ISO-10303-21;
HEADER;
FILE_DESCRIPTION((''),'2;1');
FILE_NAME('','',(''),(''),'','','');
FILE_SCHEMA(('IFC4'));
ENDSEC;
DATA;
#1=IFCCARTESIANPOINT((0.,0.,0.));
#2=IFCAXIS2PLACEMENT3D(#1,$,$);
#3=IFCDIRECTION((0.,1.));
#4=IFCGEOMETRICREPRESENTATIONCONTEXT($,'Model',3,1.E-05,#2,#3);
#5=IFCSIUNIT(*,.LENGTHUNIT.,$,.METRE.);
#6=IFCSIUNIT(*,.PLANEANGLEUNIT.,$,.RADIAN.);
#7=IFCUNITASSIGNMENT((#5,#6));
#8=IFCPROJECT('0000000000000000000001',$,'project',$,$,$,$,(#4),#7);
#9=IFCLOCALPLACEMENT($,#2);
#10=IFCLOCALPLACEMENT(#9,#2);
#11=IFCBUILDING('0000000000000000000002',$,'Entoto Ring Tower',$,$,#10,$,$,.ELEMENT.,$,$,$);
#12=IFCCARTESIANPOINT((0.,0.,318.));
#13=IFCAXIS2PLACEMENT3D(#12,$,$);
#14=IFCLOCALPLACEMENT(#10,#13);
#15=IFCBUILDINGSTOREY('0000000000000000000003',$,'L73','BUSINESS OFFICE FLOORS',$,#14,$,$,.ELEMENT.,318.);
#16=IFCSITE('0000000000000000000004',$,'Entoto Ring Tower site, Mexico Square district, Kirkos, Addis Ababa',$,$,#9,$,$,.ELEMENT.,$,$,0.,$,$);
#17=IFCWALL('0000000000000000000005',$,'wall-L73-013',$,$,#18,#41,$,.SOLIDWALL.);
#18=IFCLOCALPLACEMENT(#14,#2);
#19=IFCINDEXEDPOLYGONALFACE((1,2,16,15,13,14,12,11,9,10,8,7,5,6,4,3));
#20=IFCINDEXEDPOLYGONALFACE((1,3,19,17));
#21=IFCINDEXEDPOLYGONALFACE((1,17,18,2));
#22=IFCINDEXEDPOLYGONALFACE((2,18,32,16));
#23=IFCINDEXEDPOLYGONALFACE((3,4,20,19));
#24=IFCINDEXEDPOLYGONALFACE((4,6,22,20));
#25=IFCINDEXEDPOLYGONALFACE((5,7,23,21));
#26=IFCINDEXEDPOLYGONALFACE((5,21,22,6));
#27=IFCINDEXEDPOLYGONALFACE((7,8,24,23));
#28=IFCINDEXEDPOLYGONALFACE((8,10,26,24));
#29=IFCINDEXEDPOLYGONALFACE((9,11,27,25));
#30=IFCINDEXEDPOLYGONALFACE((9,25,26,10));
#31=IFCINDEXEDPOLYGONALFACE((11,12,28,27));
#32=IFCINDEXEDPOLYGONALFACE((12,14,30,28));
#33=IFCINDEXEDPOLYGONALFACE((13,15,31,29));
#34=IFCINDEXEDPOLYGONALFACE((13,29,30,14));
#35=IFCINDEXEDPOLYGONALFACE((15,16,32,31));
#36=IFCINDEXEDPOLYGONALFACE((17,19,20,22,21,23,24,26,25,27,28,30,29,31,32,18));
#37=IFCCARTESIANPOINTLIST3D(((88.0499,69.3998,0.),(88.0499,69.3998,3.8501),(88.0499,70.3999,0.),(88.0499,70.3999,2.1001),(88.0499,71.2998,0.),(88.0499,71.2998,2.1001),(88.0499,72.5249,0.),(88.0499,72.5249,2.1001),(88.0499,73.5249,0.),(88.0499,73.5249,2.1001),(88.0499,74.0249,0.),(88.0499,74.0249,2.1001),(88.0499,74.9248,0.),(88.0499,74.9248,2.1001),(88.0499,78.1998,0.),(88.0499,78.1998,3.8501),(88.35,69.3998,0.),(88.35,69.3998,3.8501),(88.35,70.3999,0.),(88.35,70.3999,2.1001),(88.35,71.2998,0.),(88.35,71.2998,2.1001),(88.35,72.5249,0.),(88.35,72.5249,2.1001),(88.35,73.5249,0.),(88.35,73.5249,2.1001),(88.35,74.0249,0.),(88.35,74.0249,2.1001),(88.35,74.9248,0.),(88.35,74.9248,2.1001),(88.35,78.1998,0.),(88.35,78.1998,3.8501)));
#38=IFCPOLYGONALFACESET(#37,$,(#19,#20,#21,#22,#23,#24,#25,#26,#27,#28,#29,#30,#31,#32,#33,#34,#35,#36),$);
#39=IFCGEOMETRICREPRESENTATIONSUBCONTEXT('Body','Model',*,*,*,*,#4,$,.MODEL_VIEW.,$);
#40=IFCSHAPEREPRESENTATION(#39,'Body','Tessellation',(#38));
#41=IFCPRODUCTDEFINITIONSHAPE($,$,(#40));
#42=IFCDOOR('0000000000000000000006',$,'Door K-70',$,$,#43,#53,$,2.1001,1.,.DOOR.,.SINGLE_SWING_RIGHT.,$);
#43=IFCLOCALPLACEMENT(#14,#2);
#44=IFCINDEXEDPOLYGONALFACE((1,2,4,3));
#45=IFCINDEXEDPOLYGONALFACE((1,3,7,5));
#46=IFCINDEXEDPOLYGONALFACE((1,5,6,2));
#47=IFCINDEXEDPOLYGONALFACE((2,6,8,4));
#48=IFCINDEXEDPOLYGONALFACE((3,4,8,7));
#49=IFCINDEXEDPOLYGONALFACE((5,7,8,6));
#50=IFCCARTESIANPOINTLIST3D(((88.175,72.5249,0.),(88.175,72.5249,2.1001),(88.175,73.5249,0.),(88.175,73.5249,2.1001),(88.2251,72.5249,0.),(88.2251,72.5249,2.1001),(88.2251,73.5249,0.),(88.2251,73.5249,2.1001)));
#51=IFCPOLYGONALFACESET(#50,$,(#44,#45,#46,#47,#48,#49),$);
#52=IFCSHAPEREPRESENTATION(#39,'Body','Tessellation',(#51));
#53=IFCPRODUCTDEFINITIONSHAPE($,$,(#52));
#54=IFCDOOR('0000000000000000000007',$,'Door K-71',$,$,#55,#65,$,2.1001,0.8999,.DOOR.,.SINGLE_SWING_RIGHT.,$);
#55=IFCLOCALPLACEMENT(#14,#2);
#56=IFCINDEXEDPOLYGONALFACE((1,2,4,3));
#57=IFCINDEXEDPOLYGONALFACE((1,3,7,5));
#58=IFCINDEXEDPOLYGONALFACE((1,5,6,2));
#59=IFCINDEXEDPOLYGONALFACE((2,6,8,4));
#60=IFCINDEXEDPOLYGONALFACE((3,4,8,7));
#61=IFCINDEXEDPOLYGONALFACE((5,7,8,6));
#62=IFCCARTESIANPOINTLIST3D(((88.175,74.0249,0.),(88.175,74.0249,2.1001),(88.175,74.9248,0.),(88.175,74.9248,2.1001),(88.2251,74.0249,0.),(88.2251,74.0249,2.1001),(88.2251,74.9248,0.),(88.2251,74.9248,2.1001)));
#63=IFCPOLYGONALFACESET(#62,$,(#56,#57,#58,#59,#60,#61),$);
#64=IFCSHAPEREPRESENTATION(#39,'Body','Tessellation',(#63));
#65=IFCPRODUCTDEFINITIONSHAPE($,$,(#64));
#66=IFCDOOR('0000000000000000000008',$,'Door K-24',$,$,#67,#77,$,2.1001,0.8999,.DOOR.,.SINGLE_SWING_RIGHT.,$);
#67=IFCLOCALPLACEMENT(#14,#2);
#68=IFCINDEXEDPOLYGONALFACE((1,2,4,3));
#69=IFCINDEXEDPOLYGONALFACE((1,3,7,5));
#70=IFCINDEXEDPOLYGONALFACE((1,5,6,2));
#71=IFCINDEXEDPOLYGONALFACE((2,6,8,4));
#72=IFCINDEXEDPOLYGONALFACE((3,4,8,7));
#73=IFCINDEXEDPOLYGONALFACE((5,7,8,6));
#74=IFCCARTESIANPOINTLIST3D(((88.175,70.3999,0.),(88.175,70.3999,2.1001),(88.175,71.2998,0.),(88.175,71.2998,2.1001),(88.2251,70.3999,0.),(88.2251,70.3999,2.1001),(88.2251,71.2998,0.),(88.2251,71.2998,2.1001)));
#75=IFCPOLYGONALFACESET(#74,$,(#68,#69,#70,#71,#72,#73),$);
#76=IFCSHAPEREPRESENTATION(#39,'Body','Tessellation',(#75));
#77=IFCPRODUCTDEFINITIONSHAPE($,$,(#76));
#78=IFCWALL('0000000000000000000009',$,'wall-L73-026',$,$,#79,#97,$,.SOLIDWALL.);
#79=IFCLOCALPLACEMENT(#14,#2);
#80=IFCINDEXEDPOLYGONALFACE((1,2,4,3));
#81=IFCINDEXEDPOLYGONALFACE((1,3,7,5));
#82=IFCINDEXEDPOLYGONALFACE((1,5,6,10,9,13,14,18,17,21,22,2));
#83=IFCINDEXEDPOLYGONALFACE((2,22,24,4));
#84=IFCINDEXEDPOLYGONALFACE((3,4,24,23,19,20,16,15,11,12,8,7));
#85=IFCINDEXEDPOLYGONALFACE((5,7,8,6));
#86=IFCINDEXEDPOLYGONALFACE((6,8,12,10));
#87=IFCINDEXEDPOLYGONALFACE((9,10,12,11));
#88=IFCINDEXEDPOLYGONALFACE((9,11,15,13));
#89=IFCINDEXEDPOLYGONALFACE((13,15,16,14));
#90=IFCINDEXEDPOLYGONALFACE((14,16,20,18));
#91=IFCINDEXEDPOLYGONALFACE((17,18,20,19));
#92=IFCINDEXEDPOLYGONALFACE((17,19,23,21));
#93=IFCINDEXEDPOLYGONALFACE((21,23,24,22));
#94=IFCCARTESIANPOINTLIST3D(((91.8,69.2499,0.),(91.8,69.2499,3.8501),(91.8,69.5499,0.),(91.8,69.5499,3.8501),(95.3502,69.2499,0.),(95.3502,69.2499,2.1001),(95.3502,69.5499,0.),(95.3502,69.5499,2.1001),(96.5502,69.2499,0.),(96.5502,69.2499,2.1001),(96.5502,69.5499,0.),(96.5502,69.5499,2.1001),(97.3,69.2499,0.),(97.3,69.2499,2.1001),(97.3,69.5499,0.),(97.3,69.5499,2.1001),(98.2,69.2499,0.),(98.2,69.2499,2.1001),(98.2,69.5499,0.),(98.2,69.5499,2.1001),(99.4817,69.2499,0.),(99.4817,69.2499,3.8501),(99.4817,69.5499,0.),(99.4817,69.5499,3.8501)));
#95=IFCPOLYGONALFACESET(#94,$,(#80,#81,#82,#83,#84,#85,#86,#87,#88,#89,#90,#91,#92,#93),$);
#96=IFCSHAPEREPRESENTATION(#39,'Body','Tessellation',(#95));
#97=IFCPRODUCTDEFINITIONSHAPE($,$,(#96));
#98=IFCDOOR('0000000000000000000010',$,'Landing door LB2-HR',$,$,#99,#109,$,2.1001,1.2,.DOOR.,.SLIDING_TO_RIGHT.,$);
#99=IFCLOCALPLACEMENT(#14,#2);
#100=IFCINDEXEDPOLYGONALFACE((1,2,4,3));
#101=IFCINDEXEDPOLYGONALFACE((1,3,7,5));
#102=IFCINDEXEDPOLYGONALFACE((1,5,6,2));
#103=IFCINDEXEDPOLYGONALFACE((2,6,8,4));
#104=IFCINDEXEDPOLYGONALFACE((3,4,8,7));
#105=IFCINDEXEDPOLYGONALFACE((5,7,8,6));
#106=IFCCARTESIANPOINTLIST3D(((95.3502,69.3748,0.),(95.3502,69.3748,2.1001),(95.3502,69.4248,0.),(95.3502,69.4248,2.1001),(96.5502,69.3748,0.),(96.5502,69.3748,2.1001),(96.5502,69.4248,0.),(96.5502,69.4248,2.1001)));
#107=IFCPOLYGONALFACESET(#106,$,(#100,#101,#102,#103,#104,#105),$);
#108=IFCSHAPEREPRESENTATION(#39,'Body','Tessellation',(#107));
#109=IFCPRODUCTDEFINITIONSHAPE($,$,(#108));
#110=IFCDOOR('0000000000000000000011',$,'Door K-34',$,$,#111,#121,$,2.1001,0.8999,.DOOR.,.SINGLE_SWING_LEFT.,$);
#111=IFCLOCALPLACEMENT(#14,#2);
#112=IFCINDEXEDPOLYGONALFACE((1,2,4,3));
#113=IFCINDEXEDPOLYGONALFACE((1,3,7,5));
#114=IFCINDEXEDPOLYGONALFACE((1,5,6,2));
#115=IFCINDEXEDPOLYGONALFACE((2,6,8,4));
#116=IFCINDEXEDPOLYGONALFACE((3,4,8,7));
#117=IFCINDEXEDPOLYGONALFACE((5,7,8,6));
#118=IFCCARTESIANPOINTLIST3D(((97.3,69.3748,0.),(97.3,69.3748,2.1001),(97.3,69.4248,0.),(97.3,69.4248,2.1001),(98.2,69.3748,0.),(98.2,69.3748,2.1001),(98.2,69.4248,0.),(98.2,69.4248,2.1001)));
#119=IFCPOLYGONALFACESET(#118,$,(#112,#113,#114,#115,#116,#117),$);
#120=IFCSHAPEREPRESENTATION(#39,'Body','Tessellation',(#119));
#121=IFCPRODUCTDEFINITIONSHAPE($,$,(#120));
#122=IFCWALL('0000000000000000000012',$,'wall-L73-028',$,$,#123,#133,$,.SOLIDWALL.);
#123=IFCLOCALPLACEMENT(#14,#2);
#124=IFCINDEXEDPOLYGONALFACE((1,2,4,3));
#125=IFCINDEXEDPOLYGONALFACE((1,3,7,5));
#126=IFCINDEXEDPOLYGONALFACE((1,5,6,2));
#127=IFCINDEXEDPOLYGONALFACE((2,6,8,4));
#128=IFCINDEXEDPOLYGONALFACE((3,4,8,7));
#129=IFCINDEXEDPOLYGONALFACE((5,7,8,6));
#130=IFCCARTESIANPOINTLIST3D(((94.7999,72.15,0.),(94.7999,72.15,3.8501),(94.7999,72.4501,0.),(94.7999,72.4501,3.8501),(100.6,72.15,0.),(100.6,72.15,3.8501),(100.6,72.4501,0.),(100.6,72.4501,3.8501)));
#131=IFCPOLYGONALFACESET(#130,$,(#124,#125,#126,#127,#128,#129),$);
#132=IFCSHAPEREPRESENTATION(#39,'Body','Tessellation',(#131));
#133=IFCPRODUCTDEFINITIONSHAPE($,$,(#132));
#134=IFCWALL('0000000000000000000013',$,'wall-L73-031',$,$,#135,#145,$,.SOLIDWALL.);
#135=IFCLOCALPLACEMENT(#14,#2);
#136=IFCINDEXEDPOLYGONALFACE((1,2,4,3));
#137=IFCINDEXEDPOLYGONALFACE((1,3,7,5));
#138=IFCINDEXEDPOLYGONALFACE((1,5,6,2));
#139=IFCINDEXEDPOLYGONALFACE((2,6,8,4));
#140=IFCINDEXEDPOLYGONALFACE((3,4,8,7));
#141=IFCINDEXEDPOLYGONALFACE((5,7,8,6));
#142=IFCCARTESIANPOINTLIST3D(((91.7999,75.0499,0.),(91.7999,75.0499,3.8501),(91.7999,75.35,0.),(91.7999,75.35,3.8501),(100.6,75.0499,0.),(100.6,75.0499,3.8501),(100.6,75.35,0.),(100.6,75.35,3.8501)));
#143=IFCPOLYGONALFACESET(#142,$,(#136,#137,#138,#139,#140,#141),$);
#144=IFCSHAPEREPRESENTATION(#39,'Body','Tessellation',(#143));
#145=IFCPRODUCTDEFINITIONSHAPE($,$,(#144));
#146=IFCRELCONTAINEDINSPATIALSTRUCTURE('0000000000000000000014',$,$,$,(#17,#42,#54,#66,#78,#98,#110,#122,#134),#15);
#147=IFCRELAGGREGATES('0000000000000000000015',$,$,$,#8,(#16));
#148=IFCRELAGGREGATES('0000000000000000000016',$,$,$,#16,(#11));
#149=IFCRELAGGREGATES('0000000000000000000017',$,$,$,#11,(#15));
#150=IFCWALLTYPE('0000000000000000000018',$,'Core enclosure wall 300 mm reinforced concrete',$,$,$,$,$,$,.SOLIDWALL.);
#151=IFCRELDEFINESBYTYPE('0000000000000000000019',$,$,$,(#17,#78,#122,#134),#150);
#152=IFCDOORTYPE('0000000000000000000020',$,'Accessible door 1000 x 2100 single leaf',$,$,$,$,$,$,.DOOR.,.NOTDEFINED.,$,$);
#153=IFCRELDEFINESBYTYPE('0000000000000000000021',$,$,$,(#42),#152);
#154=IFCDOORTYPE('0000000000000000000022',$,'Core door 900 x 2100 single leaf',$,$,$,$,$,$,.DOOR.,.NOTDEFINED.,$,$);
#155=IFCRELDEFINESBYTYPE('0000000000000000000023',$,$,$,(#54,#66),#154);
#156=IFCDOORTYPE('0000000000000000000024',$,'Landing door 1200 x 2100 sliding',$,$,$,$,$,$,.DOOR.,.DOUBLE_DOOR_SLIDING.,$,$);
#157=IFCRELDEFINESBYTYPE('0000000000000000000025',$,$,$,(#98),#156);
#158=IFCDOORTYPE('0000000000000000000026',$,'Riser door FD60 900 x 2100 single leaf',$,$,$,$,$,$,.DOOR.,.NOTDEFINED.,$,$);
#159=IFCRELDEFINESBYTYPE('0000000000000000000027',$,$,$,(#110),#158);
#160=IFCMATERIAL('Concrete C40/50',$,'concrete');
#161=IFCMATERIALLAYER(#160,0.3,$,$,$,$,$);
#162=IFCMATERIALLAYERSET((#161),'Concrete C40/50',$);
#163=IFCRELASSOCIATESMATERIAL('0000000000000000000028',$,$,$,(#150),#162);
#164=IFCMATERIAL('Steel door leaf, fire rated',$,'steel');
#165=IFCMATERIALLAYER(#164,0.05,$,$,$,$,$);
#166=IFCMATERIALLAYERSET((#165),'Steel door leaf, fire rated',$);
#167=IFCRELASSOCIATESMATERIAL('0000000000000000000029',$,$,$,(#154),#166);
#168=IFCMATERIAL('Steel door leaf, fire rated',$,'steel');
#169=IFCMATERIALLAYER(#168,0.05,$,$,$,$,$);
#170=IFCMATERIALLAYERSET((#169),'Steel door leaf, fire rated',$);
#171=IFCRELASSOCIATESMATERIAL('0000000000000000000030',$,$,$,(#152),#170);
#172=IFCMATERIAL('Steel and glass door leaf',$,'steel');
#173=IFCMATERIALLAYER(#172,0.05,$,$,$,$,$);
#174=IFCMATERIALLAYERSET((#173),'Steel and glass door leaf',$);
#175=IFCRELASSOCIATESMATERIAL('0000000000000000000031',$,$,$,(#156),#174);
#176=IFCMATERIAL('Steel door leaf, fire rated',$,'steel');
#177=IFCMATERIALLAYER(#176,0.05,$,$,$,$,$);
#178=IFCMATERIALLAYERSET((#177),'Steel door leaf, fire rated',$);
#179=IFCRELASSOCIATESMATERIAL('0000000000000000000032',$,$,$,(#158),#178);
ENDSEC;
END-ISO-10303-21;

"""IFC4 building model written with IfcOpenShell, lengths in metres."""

from ifc_helpers import new_model, si_unit, direction, frame, frame_2d, origin, place, context, subcontext, project, spatial, rectangle, extrude, material, layer, layer_set, type_object, element, fill, save


model = new_model("IFC4")

# Units and contexts
model_context = context("Model", 3, precision=1e-05, world=origin(), true_north=direction((0.0, 1.0)))
body_context = subcontext(model_context, "Body", "Model", "MODEL_VIEW")
ifc_project = project(units=[si_unit("LENGTHUNIT", "METRE"), si_unit("PLANEANGLEUNIT", "RADIAN")], contexts=[model_context])

# Site, building, storey
site_placement = place(None, origin())
site = spatial("IfcSite", under=ifc_project, at=site_placement, Name="Entoto Ring Tower site, Mexico Square district, Kirkos, Addis Ababa", CompositionType="ELEMENT", RefElevation=0.0)
building_placement = place(site_placement, origin())
building = spatial("IfcBuilding", under=site, at=building_placement, Name="Entoto Ring Tower", CompositionType="ELEMENT")
storey_placement = place(building_placement, frame((0.0, 0.0, 318.0)))
storey = spatial("IfcBuildingStorey", under=building, at=storey_placement, Name="L73", Description="BUSINESS OFFICE FLOORS", CompositionType="ELEMENT", Elevation=318.0)

# Shared definitions
ifc_material_1 = material(Name="Concrete C40/50", Category="concrete")
ifc_layer_1 = layer(ifc_material_1, 0.3)
ifc_layer_set_1 = layer_set([ifc_layer_1], Name="Concrete C40/50")
wall_type = type_object("IfcWallType", Name="Core enclosure wall 300 mm reinforced concrete", PredefinedType="SOLIDWALL", material=ifc_layer_set_1)

# Shared definitions
ifc_material_2 = material(Name="Steel door leaf, fire rated", Category="steel")
ifc_layer_2 = layer(ifc_material_2, 0.05)
ifc_layer_set_2 = layer_set([ifc_layer_2], Name="Steel door leaf, fire rated")
door_type_1 = type_object("IfcDoorType", Name="Core door 900 x 2100 single leaf", OperationType="NOTDEFINED", PredefinedType="DOOR", material=ifc_layer_set_2)

# Walls, openings, doors
wall_1_placement = place(storey_placement, frame((88.2, 69.3999, 0.0), z_axis=(0.0, 0.0, 1.0), x_axis=(0.0, 1.0, 0.0)))
wall_1 = element("IfcWall", 1, at=wall_1_placement, inside=storey, type_object=wall_type, Name="wall-L73-013", PredefinedType="SOLIDWALL", context=body_context, shape_type="SweptSolid", body=[
    extrude(rectangle(XDim=8.8, YDim=0.3, at=frame_2d((4.3999, 0.0))), origin(), (0.0, 0.0, 1.0), 3.8501),
])
opening_1_placement = place(wall_1_placement, frame((3.125, 0.0, 0.0)))
opening_1 = element("IfcOpeningElement", 2, at=opening_1_placement, cuts=wall_1, PredefinedType="OPENING", context=body_context, shape_type="SweptSolid", body=[
    extrude(rectangle(XDim=1.0, YDim=2.1001, at=frame_2d((0.5, 1.05))), frame((0.0, 0.1602, 0.0), z_axis=(0.0, -1.0, 0.0), x_axis=(1.0, 0.0, 0.0)), (0.0, 0.0, 1.0), 0.3201),
])
opening_2_placement = place(wall_1_placement, frame((4.625, 0.0, 0.0)))
opening_2 = element("IfcOpeningElement", 3, at=opening_2_placement, cuts=wall_1, PredefinedType="OPENING", context=body_context, shape_type="SweptSolid", body=[
    extrude(rectangle(XDim=0.8999, YDim=2.1001, at=frame_2d((0.45, 1.05))), frame((0.0, 0.1602, 0.0), z_axis=(0.0, -1.0, 0.0), x_axis=(1.0, 0.0, 0.0)), (0.0, 0.0, 1.0), 0.3201),
])
opening_3_placement = place(wall_1_placement, frame((1.0, 0.0, 0.0)))
opening_3 = element("IfcOpeningElement", 4, at=opening_3_placement, cuts=wall_1, PredefinedType="OPENING", context=body_context, shape_type="SweptSolid", body=[
    extrude(rectangle(XDim=0.8999, YDim=2.1001, at=frame_2d((0.45, 1.05))), frame((0.0, 0.1602, 0.0), z_axis=(0.0, -1.0, 0.0), x_axis=(1.0, 0.0, 0.0)), (0.0, 0.0, 1.0), 0.3201),
])
ifc_material_3 = material(Name="Steel door leaf, fire rated", Category="steel")
ifc_layer_3 = layer(ifc_material_3, 0.05)
ifc_layer_set_3 = layer_set([ifc_layer_3], Name="Steel door leaf, fire rated")
door_type_2 = type_object("IfcDoorType", Name="Accessible door 1000 x 2100 single leaf", OperationType="NOTDEFINED", PredefinedType="DOOR", material=ifc_layer_set_3)
door_1_placement = place(opening_1_placement, origin())
door_1 = element("IfcDoor", 5, at=door_1_placement, inside=storey, type_object=door_type_2, Name="Door K-70", OperationType="SINGLE_SWING_RIGHT", OverallHeight=2.1001, OverallWidth=1.0, PredefinedType="DOOR", context=body_context, shape_type="SweptSolid", body=[
    extrude(rectangle(XDim=1.0, YDim=2.1001, at=frame_2d((0.5, 1.05))), frame((0.0, 0.0249, 0.0), z_axis=(0.0, -1.0, 0.0), x_axis=(1.0, 0.0, 0.0)), (0.0, 0.0, 1.0), 0.05),
])
fill(opening_1, door_1)
door_2_placement = place(opening_2_placement, origin())
door_2 = element("IfcDoor", 6, at=door_2_placement, inside=storey, type_object=door_type_1, Name="Door K-71", OperationType="SINGLE_SWING_RIGHT", OverallHeight=2.1001, OverallWidth=0.8999, PredefinedType="DOOR", context=body_context, shape_type="SweptSolid", body=[
    extrude(rectangle(XDim=0.8999, YDim=2.1001, at=frame_2d((0.45, 1.05))), frame((0.0, 0.0249, 0.0), z_axis=(0.0, -1.0, 0.0), x_axis=(1.0, 0.0, 0.0)), (0.0, 0.0, 1.0), 0.05),
])
fill(opening_2, door_2)
door_3_placement = place(opening_3_placement, origin())
door_3 = element("IfcDoor", 7, at=door_3_placement, inside=storey, type_object=door_type_1, Name="Door K-24", OperationType="SINGLE_SWING_RIGHT", OverallHeight=2.1001, OverallWidth=0.8999, PredefinedType="DOOR", context=body_context, shape_type="SweptSolid", body=[
    extrude(rectangle(XDim=0.8999, YDim=2.1001, at=frame_2d((0.45, 1.05))), frame((0.0, 0.0249, 0.0), z_axis=(0.0, -1.0, 0.0), x_axis=(1.0, 0.0, 0.0)), (0.0, 0.0, 1.0), 0.05),
])
fill(opening_3, door_3)
wall_2_placement = place(storey_placement, frame((91.8, 69.3999, 0.0), z_axis=(0.0, 0.0, 1.0), x_axis=(1.0, 0.0, 0.0)))
wall_2 = element("IfcWall", 8, at=wall_2_placement, inside=storey, type_object=wall_type, Name="wall-L73-026", PredefinedType="SOLIDWALL", context=body_context, shape_type="SweptSolid", body=[
    extrude(rectangle(XDim=7.6816, YDim=0.3, at=frame_2d((3.8408, 0.0))), origin(), (0.0, 0.0, 1.0), 3.8501),
])
opening_4_placement = place(wall_2_placement, frame((3.55, 0.0, 0.0)))
opening_4 = element("IfcOpeningElement", 9, at=opening_4_placement, cuts=wall_2, PredefinedType="OPENING", context=body_context, shape_type="SweptSolid", body=[
    extrude(rectangle(XDim=1.2, YDim=2.1001, at=frame_2d((0.6001, 1.05))), frame((0.0, 0.1602, 0.0), z_axis=(0.0, -1.0, 0.0), x_axis=(1.0, 0.0, 0.0)), (0.0, 0.0, 1.0), 0.3201),
])
opening_5_placement = place(wall_2_placement, frame((5.5, 0.0, 0.0)))
opening_5 = element("IfcOpeningElement", 10, at=opening_5_placement, cuts=wall_2, PredefinedType="OPENING", context=body_context, shape_type="SweptSolid", body=[
    extrude(rectangle(XDim=0.8999, YDim=2.1001, at=frame_2d((0.45, 1.05))), frame((0.0, 0.1602, 0.0), z_axis=(0.0, -1.0, 0.0), x_axis=(1.0, 0.0, 0.0)), (0.0, 0.0, 1.0), 0.3201),
])
ifc_material_4 = material(Name="Steel and glass door leaf", Category="steel")
ifc_layer_4 = layer(ifc_material_4, 0.05)
ifc_layer_set_4 = layer_set([ifc_layer_4], Name="Steel and glass door leaf")
door_type_3 = type_object("IfcDoorType", Name="Landing door 1200 x 2100 sliding", OperationType="DOUBLE_DOOR_SLIDING", PredefinedType="DOOR", material=ifc_layer_set_4)
door_4_placement = place(opening_4_placement, origin())
door_4 = element("IfcDoor", 11, at=door_4_placement, inside=storey, type_object=door_type_3, Name="Landing door LB2-HR", OperationType="SLIDING_TO_RIGHT", OverallHeight=2.1001, OverallWidth=1.2, PredefinedType="DOOR", context=body_context, shape_type="SweptSolid", body=[
    extrude(rectangle(XDim=1.2, YDim=2.1001, at=frame_2d((0.6001, 1.05))), frame((0.0, 0.0249, 0.0), z_axis=(0.0, -1.0, 0.0), x_axis=(1.0, 0.0, 0.0)), (0.0, 0.0, 1.0), 0.05),
])
fill(opening_4, door_4)
ifc_material_5 = material(Name="Steel door leaf, fire rated", Category="steel")
ifc_layer_5 = layer(ifc_material_5, 0.05)
ifc_layer_set_5 = layer_set([ifc_layer_5], Name="Steel door leaf, fire rated")
door_type_4 = type_object("IfcDoorType", Name="Riser door FD60 900 x 2100 single leaf", OperationType="NOTDEFINED", PredefinedType="DOOR", material=ifc_layer_set_5)
door_5_placement = place(opening_5_placement, origin())
door_5 = element("IfcDoor", 12, at=door_5_placement, inside=storey, type_object=door_type_4, Name="Door K-34", OperationType="SINGLE_SWING_LEFT", OverallHeight=2.1001, OverallWidth=0.8999, PredefinedType="DOOR", context=body_context, shape_type="SweptSolid", body=[
    extrude(rectangle(XDim=0.8999, YDim=2.1001, at=frame_2d((0.45, 1.05))), frame((0.0, 0.0249, 0.0), z_axis=(0.0, -1.0, 0.0), x_axis=(1.0, 0.0, 0.0)), (0.0, 0.0, 1.0), 0.05),
])
fill(opening_5, door_5)

# Walls
wall_3_placement = place(storey_placement, frame((94.8, 72.3, 0.0), z_axis=(0.0, 0.0, 1.0), x_axis=(1.0, 0.0, 0.0)))
element("IfcWall", 13, at=wall_3_placement, inside=storey, type_object=wall_type, Name="wall-L73-028", PredefinedType="SOLIDWALL", context=body_context, shape_type="SweptSolid", body=[
    extrude(rectangle(XDim=5.8, YDim=0.3, at=frame_2d((2.8999, 0.0))), origin(), (0.0, 0.0, 1.0), 3.8501),
])
wall_4_placement = place(storey_placement, frame((91.8, 75.2, 0.0), z_axis=(0.0, 0.0, 1.0), x_axis=(1.0, 0.0, 0.0)))
element("IfcWall", 14, at=wall_4_placement, inside=storey, type_object=wall_type, Name="wall-L73-031", PredefinedType="SOLIDWALL", context=body_context, shape_type="SweptSolid", body=[
    extrude(rectangle(XDim=8.8, YDim=0.3, at=frame_2d((4.3999, 0.0))), origin(), (0.0, 0.0, 1.0), 3.8501),
])

save(model, "model.ifc")
